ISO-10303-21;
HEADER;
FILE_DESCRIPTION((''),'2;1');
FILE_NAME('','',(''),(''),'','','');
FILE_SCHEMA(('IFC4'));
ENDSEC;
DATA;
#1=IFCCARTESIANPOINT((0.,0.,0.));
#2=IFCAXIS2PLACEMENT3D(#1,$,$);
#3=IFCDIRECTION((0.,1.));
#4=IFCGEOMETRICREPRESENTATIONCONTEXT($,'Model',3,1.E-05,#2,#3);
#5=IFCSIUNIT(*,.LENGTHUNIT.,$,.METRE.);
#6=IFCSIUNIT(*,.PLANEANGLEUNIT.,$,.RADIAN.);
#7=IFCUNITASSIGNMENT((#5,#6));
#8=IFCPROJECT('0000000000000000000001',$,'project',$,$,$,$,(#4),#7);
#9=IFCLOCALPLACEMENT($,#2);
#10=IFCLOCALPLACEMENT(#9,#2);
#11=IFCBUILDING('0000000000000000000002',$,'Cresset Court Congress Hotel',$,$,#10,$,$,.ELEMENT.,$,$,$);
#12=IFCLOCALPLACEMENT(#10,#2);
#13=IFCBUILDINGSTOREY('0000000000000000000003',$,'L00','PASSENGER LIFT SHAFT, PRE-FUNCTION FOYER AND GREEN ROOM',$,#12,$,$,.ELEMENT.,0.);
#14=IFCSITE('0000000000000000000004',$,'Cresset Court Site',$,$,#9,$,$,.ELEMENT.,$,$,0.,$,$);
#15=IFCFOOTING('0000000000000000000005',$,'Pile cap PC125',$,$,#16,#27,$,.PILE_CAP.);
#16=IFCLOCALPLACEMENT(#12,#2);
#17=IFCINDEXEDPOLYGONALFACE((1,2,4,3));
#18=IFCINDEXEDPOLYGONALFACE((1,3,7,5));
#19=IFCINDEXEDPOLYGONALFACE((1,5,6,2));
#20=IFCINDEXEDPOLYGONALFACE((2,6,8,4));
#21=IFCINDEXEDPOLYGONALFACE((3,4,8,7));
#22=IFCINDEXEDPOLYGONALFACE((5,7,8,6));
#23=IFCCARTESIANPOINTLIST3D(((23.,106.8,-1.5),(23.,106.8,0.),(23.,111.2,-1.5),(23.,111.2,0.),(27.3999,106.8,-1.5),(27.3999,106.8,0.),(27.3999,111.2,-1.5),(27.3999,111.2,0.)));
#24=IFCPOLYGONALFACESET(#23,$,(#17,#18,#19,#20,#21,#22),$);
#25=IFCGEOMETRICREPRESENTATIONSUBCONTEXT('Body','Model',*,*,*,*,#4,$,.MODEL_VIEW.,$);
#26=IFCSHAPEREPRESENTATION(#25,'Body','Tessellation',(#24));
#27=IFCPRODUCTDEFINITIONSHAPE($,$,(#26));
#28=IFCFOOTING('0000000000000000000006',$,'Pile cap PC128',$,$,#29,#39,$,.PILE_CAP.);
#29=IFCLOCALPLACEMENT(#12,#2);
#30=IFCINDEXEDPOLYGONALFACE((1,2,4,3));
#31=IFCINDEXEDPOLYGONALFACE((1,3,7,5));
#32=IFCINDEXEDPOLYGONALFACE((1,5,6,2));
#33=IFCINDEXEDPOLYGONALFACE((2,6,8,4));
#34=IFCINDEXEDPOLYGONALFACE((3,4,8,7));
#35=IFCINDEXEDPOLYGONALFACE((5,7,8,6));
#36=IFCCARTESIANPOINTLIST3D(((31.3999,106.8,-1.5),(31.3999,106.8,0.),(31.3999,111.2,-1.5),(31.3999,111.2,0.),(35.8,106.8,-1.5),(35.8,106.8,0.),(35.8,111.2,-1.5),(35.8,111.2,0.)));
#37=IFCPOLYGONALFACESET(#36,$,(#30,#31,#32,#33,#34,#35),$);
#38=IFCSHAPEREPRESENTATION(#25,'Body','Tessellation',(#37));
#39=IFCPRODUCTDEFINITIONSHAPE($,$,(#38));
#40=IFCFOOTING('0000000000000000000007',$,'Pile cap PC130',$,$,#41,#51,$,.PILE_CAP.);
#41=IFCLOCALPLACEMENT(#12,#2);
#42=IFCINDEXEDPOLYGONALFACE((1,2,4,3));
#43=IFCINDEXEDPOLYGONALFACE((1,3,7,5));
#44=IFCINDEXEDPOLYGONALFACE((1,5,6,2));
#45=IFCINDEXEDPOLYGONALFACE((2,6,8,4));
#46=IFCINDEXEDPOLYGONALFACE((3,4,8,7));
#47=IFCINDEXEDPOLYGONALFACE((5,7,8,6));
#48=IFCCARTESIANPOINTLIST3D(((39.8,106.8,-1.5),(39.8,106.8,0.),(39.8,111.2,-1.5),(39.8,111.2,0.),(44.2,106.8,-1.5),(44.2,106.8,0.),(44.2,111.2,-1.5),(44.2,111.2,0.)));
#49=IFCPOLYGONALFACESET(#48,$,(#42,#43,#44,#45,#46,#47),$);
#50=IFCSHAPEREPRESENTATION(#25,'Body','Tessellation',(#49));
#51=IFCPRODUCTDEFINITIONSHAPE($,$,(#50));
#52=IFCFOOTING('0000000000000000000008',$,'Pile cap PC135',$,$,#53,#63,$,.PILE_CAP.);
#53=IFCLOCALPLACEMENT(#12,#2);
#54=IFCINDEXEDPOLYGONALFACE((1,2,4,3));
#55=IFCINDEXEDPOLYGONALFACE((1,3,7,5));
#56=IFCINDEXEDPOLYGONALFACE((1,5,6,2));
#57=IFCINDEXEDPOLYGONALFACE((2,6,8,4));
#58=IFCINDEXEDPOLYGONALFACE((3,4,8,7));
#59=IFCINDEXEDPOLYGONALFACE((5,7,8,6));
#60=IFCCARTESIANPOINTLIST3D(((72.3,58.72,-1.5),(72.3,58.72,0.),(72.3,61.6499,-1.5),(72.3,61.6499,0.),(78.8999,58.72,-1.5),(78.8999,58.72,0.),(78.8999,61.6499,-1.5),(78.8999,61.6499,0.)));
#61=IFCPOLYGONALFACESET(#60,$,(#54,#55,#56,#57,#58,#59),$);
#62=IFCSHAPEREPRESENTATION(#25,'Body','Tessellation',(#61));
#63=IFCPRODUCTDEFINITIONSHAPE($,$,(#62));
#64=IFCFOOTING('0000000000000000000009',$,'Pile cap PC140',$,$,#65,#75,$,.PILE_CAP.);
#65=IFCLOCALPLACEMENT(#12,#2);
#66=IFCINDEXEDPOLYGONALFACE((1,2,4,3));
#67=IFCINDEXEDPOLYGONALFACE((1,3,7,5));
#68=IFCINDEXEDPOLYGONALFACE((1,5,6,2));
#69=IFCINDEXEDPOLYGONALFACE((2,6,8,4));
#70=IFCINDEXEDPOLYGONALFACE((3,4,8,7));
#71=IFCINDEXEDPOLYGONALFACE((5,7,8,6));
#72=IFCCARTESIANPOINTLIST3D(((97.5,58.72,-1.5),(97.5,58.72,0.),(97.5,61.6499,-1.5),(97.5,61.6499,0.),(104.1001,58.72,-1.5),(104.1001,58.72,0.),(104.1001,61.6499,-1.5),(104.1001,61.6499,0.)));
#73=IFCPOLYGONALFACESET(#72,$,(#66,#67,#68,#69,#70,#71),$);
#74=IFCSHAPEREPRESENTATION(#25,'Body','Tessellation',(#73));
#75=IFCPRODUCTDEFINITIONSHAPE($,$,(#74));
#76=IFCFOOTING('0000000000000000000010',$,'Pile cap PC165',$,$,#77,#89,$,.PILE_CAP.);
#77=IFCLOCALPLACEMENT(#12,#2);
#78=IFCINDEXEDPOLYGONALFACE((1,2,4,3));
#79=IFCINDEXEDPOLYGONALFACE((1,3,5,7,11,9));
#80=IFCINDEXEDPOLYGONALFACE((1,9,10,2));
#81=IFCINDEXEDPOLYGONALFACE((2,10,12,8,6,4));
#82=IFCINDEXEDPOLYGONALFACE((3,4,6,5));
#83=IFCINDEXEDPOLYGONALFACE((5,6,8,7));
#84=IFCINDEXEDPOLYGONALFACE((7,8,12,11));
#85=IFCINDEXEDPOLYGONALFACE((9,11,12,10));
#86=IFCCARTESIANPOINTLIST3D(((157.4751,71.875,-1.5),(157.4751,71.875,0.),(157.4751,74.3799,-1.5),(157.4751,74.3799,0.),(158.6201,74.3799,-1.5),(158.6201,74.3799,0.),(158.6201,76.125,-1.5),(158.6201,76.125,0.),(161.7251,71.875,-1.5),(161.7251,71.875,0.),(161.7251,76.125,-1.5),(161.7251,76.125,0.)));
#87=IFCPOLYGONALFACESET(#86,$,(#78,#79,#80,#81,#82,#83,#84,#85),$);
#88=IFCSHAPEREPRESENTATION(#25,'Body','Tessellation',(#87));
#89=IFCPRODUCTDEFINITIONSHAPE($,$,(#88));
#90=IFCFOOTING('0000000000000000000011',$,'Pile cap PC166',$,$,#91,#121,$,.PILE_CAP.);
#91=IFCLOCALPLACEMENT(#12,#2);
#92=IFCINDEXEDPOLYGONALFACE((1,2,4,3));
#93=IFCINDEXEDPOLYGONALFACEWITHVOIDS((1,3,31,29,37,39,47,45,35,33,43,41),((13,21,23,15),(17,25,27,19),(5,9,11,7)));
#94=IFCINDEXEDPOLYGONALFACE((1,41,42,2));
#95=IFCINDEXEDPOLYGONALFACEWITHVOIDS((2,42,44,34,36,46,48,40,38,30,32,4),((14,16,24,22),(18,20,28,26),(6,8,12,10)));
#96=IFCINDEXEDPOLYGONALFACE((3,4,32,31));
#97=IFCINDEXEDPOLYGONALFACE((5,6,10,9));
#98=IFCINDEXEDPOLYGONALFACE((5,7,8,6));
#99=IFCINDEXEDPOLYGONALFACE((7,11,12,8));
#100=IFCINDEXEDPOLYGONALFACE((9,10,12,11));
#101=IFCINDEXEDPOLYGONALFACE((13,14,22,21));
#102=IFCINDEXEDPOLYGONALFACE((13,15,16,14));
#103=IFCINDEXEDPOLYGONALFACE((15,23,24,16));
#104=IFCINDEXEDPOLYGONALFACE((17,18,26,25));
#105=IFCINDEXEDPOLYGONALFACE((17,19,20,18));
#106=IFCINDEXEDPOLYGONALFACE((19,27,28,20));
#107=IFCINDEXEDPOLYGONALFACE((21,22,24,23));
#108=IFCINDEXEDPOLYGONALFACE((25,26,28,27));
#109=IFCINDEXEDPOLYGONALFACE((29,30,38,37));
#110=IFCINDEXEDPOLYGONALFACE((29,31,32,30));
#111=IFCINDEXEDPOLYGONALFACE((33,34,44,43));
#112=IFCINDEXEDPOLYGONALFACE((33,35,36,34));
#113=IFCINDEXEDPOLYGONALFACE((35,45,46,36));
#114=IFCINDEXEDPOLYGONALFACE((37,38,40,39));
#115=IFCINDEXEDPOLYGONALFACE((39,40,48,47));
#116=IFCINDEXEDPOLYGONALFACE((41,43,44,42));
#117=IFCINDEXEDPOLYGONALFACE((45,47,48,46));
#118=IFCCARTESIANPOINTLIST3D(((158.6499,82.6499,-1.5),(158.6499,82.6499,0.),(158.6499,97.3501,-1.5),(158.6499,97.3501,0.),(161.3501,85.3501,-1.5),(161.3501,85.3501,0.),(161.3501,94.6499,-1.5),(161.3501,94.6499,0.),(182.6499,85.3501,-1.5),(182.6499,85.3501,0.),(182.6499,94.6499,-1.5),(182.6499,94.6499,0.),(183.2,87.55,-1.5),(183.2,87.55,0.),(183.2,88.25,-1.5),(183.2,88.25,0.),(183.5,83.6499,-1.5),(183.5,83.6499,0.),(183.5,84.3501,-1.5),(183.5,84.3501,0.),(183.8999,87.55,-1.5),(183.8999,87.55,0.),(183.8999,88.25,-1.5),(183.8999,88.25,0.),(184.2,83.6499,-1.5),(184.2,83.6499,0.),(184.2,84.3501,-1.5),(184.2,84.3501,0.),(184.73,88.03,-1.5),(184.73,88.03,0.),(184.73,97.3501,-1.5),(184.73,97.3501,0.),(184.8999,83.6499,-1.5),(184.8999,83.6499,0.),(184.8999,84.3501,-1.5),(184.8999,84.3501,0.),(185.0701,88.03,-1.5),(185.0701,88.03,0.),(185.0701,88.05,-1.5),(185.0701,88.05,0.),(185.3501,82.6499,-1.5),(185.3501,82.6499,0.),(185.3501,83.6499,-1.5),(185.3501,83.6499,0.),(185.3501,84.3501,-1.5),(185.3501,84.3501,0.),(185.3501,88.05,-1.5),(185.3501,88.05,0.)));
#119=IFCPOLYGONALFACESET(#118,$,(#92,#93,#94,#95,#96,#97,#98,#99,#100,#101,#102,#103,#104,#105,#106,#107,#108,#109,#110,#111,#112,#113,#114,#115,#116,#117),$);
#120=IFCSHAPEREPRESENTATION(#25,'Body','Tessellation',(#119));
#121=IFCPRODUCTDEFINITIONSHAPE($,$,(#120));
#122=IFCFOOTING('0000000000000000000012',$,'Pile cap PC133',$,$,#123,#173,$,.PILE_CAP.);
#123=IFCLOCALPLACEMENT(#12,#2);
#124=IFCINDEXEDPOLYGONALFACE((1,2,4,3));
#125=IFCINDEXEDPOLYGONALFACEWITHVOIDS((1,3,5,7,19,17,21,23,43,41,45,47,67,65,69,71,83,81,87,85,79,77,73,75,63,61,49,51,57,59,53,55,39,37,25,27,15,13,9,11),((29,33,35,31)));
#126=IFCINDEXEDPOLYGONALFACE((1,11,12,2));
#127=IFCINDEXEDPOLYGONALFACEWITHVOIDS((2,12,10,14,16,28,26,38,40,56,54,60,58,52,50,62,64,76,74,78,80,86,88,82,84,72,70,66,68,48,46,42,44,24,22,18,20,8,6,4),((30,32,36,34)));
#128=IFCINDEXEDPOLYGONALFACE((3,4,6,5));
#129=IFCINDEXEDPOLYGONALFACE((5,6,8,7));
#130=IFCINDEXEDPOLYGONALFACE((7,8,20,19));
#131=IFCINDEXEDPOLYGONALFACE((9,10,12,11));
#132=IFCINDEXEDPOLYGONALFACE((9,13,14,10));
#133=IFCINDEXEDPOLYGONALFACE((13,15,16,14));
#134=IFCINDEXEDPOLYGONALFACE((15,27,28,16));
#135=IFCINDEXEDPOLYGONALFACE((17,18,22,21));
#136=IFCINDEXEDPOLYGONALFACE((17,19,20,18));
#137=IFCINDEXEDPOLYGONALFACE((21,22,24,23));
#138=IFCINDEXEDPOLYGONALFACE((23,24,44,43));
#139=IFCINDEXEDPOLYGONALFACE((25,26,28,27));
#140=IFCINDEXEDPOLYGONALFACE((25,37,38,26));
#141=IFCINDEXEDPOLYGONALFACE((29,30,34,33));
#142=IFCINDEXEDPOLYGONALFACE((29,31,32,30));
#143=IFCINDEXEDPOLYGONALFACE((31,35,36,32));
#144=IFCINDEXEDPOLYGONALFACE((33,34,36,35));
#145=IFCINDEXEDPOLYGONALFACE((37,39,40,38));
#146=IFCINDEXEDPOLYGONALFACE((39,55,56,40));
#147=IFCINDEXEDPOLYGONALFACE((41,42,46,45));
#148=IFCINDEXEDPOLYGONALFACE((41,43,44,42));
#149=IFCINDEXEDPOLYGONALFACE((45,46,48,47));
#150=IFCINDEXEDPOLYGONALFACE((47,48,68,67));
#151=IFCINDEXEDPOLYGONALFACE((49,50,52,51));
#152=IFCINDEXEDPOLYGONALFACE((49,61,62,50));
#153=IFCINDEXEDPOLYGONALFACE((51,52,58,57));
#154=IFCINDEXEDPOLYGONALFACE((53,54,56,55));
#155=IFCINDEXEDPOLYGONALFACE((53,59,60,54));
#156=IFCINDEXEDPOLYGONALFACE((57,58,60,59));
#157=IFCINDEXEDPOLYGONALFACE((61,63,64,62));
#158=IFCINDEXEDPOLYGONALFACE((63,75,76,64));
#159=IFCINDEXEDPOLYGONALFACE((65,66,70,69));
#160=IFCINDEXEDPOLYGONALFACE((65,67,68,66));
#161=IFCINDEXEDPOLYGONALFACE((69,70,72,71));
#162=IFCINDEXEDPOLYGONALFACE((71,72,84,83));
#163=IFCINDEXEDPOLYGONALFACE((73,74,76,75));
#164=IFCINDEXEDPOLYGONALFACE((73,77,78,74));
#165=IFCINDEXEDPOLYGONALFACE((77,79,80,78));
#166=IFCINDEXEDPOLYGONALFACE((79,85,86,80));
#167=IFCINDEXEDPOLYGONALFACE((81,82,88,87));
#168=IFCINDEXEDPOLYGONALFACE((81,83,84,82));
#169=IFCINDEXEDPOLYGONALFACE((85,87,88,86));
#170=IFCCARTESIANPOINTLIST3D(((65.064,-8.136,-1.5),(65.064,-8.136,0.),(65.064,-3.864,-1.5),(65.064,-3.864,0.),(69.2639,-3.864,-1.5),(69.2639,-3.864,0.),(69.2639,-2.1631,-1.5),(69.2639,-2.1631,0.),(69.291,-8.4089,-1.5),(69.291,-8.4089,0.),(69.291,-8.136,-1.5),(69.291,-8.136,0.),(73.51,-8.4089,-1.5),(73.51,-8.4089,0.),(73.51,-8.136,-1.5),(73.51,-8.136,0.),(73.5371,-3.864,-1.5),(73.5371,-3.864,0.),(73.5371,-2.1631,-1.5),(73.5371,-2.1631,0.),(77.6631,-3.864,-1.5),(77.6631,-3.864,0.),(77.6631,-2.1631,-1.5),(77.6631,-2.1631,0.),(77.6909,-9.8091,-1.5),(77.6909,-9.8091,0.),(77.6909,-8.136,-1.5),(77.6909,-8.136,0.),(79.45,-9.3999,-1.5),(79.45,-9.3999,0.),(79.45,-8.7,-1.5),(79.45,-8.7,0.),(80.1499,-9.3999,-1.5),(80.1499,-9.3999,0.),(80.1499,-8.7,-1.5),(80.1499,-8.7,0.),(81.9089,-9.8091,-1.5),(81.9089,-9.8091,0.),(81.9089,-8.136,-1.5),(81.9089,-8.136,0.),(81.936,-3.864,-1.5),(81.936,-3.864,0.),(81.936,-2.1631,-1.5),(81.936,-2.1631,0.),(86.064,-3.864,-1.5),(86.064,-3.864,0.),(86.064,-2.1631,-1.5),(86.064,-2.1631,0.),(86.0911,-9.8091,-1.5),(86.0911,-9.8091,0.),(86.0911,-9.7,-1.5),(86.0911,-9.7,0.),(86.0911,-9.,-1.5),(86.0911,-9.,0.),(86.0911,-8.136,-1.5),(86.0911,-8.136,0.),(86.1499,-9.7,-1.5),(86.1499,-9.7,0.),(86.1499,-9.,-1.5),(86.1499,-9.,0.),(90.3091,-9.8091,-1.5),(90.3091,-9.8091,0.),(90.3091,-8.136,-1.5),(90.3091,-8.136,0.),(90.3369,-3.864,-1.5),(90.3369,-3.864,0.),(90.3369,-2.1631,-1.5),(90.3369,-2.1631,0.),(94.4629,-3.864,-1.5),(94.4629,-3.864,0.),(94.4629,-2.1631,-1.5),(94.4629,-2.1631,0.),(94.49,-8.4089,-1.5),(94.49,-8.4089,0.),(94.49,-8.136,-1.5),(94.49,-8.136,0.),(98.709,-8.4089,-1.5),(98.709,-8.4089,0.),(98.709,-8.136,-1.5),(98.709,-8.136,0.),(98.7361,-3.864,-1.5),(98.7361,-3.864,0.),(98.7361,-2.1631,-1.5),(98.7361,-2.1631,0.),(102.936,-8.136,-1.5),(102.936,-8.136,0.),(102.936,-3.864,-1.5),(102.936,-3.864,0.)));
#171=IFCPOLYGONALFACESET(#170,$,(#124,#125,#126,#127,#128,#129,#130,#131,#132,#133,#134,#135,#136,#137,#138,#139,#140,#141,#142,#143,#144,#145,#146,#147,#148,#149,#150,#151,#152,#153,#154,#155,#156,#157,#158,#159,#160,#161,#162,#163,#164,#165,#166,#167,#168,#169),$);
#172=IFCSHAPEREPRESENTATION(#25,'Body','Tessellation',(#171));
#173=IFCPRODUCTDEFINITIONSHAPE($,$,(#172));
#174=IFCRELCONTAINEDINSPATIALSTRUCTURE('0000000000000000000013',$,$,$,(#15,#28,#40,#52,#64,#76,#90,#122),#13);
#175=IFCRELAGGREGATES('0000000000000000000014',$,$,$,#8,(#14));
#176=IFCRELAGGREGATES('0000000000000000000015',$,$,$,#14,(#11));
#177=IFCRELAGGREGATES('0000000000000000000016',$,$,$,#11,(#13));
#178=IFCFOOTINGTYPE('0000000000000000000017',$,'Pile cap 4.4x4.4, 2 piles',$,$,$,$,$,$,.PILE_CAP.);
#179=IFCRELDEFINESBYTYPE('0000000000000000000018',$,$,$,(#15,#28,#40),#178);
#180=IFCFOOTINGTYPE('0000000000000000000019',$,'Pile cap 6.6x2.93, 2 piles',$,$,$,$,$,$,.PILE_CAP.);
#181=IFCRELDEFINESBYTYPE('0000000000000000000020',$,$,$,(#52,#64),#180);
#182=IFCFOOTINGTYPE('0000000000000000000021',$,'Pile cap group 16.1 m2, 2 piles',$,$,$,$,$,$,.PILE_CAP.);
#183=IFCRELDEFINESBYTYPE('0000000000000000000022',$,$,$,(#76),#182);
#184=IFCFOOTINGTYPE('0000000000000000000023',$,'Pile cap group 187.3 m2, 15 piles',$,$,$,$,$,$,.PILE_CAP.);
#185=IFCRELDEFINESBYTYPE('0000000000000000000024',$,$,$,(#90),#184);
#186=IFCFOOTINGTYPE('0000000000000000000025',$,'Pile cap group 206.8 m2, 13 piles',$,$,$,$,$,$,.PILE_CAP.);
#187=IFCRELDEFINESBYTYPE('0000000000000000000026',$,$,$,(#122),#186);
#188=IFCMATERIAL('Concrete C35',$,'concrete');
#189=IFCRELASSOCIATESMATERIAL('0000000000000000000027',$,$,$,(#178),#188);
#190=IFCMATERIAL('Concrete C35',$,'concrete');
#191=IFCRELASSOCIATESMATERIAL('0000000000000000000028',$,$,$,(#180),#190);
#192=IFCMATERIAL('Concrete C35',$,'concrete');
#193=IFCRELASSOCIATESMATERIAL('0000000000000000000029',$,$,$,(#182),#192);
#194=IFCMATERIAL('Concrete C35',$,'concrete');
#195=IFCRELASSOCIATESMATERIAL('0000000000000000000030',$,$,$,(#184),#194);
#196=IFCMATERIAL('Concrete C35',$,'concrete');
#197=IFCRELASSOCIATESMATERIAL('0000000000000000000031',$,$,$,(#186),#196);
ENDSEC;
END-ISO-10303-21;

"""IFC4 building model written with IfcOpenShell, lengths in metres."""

from ifc_helpers import new_model, si_unit, direction, frame, origin, place, context, subcontext, project, spatial, polyline, outline, extrude, material, type_object, element, save


model = new_model("IFC4")

# Units and contexts
model_context = context("Model", 3, precision=1e-05, world=origin(), true_north=direction((0.0, 1.0)))
body_context = subcontext(model_context, "Body", "Model", "MODEL_VIEW")
ifc_project = project(units=[si_unit("LENGTHUNIT", "METRE"), si_unit("PLANEANGLEUNIT", "RADIAN")], contexts=[model_context])

# Site, building, storey
site_placement = place(None, origin())
site = spatial("IfcSite", under=ifc_project, at=site_placement, Name="Cresset Court Site", CompositionType="ELEMENT", RefElevation=0.0)
building_placement = place(site_placement, origin())
building = spatial("IfcBuilding", under=site, at=building_placement, Name="Cresset Court Congress Hotel", CompositionType="ELEMENT")
storey_placement = place(building_placement, origin())
storey = spatial("IfcBuildingStorey", under=building, at=storey_placement, Name="L00", Description="PASSENGER LIFT SHAFT, PRE-FUNCTION FOYER AND GREEN ROOM", CompositionType="ELEMENT", Elevation=0.0)

# Footings
ifc_material_1 = material(Name="Concrete C35", Category="concrete")
footing_type_1 = type_object("IfcFootingType", Name="Pile cap 4.4x4.4, 2 piles", PredefinedType="PILE_CAP", material=ifc_material_1)
footing_1_placement = place(storey_placement, frame((0.0, 0.0, -1.5)))
element("IfcFooting", 1, at=footing_1_placement, inside=storey, type_object=footing_type_1, Name="Pile cap PC125", PredefinedType="PILE_CAP", context=body_context, shape_type="SweptSolid", body=[
    extrude(outline(polyline([(27.3999, 111.2), (27.3999, 106.8), (23.0, 106.8), (23.0, 111.2), (27.3999, 111.2)])), origin(), (0.0, 0.0, 1.0), 1.5),
])
footing_2_placement = place(storey_placement, frame((0.0, 0.0, -1.5)))
element("IfcFooting", 2, at=footing_2_placement, inside=storey, type_object=footing_type_1, Name="Pile cap PC128", PredefinedType="PILE_CAP", context=body_context, shape_type="SweptSolid", body=[
    extrude(outline(polyline([(31.3999, 111.2), (35.8, 111.2), (35.8, 106.8), (31.3999, 106.8), (31.3999, 111.2)])), origin(), (0.0, 0.0, 1.0), 1.5),
])
footing_3_placement = place(storey_placement, frame((0.0, 0.0, -1.5)))
element("IfcFooting", 3, at=footing_3_placement, inside=storey, type_object=footing_type_1, Name="Pile cap PC130", PredefinedType="PILE_CAP", context=body_context, shape_type="SweptSolid", body=[
    extrude(outline(polyline([(39.8, 111.2), (44.2, 111.2), (44.2, 106.8), (39.8, 106.8), (39.8, 111.2)])), origin(), (0.0, 0.0, 1.0), 1.5),
])
ifc_material_2 = material(Name="Concrete C35", Category="concrete")
footing_type_2 = type_object("IfcFootingType", Name="Pile cap 6.6x2.93, 2 piles", PredefinedType="PILE_CAP", material=ifc_material_2)
footing_4_placement = place(storey_placement, frame((0.0, 0.0, -1.5)))
element("IfcFooting", 4, at=footing_4_placement, inside=storey, type_object=footing_type_2, Name="Pile cap PC135", PredefinedType="PILE_CAP", context=body_context, shape_type="SweptSolid", body=[
    extrude(outline(polyline([(78.8999, 58.72), (72.3, 58.72), (72.3, 61.6499), (78.8999, 61.6499), (78.8999, 58.72)])), origin(), (0.0, 0.0, 1.0), 1.5),
])
footing_5_placement = place(storey_placement, frame((0.0, 0.0, -1.5)))
element("IfcFooting", 5, at=footing_5_placement, inside=storey, type_object=footing_type_2, Name="Pile cap PC140", PredefinedType="PILE_CAP", context=body_context, shape_type="SweptSolid", body=[
    extrude(outline(polyline([(104.1001, 58.72), (97.5, 58.72), (97.5, 61.6499), (104.1001, 61.6499), (104.1001, 58.72)])), origin(), (0.0, 0.0, 1.0), 1.5),
])
ifc_material_3 = material(Name="Concrete C35", Category="concrete")
footing_type_3 = type_object("IfcFootingType", Name="Pile cap group 16.1 m2, 2 piles", PredefinedType="PILE_CAP", material=ifc_material_3)
footing_6_placement = place(storey_placement, frame((0.0, 0.0, -1.5)))
element("IfcFooting", 6, at=footing_6_placement, inside=storey, type_object=footing_type_3, Name="Pile cap PC165", PredefinedType="PILE_CAP", context=body_context, shape_type="SweptSolid", body=[
    extrude(outline(polyline([(157.4751, 74.3799), (158.6201, 74.3799), (158.6201, 76.125), (161.7251, 76.125), (161.7251, 71.875), (157.4751, 71.875), (157.4751, 74.3799)])), origin(), (0.0, 0.0, 1.0), 1.5),
])
ifc_material_4 = material(Name="Concrete C35", Category="concrete")
footing_type_4 = type_object("IfcFootingType", Name="Pile cap group 187.3 m2, 15 piles", PredefinedType="PILE_CAP", material=ifc_material_4)
footing_7_placement = place(storey_placement, frame((0.0, 0.0, -1.5)))
element("IfcFooting", 7, at=footing_7_placement, inside=storey, type_object=footing_type_4, Name="Pile cap PC166", PredefinedType="PILE_CAP", context=body_context, shape_type="SweptSolid", body=[
    extrude(outline(polyline([(158.6499, 97.3501), (184.73, 97.3501), (184.73, 88.03), (185.0701, 88.03), (185.0701, 88.05), (185.3501, 88.05), (185.3501, 84.3501), (184.8999, 84.3501), (184.8999, 83.6499), (185.3501, 83.6499), (185.3501, 82.6499), (158.6499, 82.6499), (158.6499, 97.3501)]), holes=[polyline([(182.6499, 94.6499), (161.3501, 94.6499), (161.3501, 85.3501), (182.6499, 85.3501), (182.6499, 94.6499)]), polyline([(183.5, 83.6499), (184.2, 83.6499), (184.2, 84.3501), (183.5, 84.3501), (183.5, 83.6499)]), polyline([(183.2, 87.55), (183.8999, 87.55), (183.8999, 88.25), (183.2, 88.25), (183.2, 87.55)])]), origin(), (0.0, 0.0, 1.0), 1.5),
])
ifc_material_5 = material(Name="Concrete C35", Category="concrete")
footing_type_5 = type_object("IfcFootingType", Name="Pile cap group 206.8 m2, 13 piles", PredefinedType="PILE_CAP", material=ifc_material_5)
footing_8_placement = place(storey_placement, frame((0.0, 0.0, -1.5)))
element("IfcFooting", 8, at=footing_8_placement, inside=storey, type_object=footing_type_5, Name="Pile cap PC133", PredefinedType="PILE_CAP", context=body_context, shape_type="SweptSolid", body=[
    extrude(outline(polyline([(73.51, -8.136), (73.51, -8.4089), (69.291, -8.4089), (69.291, -8.136), (65.064, -8.136), (65.064, -3.864), (69.2639, -3.864), (69.2639, -2.1631), (73.5371, -2.1631), (73.5371, -3.864), (77.6631, -3.864), (77.6631, -2.1631), (81.936, -2.1631), (81.936, -3.864), (86.064, -3.864), (86.064, -2.1631), (90.3369, -2.1631), (90.3369, -3.864), (94.4629, -3.864), (94.4629, -2.1631), (98.7361, -2.1631), (98.7361, -3.864), (102.936, -3.864), (102.936, -8.136), (98.709, -8.136), (98.709, -8.4089), (94.49, -8.4089), (94.49, -8.136), (90.3091, -8.136), (90.3091, -9.8091), (86.0911, -9.8091), (86.0911, -9.7), (86.1499, -9.7), (86.1499, -9.0), (86.0911, -9.0), (86.0911, -8.136), (81.9089, -8.136), (81.9089, -9.8091), (77.6909, -9.8091), (77.6909, -8.136), (73.51, -8.136)]), holes=[polyline([(79.45, -8.7), (79.45, -9.3999), (80.1499, -9.3999), (80.1499, -8.7), (79.45, -8.7)])]), origin(), (0.0, 0.0, 1.0), 1.5),
])

save(model, "model.ifc")
